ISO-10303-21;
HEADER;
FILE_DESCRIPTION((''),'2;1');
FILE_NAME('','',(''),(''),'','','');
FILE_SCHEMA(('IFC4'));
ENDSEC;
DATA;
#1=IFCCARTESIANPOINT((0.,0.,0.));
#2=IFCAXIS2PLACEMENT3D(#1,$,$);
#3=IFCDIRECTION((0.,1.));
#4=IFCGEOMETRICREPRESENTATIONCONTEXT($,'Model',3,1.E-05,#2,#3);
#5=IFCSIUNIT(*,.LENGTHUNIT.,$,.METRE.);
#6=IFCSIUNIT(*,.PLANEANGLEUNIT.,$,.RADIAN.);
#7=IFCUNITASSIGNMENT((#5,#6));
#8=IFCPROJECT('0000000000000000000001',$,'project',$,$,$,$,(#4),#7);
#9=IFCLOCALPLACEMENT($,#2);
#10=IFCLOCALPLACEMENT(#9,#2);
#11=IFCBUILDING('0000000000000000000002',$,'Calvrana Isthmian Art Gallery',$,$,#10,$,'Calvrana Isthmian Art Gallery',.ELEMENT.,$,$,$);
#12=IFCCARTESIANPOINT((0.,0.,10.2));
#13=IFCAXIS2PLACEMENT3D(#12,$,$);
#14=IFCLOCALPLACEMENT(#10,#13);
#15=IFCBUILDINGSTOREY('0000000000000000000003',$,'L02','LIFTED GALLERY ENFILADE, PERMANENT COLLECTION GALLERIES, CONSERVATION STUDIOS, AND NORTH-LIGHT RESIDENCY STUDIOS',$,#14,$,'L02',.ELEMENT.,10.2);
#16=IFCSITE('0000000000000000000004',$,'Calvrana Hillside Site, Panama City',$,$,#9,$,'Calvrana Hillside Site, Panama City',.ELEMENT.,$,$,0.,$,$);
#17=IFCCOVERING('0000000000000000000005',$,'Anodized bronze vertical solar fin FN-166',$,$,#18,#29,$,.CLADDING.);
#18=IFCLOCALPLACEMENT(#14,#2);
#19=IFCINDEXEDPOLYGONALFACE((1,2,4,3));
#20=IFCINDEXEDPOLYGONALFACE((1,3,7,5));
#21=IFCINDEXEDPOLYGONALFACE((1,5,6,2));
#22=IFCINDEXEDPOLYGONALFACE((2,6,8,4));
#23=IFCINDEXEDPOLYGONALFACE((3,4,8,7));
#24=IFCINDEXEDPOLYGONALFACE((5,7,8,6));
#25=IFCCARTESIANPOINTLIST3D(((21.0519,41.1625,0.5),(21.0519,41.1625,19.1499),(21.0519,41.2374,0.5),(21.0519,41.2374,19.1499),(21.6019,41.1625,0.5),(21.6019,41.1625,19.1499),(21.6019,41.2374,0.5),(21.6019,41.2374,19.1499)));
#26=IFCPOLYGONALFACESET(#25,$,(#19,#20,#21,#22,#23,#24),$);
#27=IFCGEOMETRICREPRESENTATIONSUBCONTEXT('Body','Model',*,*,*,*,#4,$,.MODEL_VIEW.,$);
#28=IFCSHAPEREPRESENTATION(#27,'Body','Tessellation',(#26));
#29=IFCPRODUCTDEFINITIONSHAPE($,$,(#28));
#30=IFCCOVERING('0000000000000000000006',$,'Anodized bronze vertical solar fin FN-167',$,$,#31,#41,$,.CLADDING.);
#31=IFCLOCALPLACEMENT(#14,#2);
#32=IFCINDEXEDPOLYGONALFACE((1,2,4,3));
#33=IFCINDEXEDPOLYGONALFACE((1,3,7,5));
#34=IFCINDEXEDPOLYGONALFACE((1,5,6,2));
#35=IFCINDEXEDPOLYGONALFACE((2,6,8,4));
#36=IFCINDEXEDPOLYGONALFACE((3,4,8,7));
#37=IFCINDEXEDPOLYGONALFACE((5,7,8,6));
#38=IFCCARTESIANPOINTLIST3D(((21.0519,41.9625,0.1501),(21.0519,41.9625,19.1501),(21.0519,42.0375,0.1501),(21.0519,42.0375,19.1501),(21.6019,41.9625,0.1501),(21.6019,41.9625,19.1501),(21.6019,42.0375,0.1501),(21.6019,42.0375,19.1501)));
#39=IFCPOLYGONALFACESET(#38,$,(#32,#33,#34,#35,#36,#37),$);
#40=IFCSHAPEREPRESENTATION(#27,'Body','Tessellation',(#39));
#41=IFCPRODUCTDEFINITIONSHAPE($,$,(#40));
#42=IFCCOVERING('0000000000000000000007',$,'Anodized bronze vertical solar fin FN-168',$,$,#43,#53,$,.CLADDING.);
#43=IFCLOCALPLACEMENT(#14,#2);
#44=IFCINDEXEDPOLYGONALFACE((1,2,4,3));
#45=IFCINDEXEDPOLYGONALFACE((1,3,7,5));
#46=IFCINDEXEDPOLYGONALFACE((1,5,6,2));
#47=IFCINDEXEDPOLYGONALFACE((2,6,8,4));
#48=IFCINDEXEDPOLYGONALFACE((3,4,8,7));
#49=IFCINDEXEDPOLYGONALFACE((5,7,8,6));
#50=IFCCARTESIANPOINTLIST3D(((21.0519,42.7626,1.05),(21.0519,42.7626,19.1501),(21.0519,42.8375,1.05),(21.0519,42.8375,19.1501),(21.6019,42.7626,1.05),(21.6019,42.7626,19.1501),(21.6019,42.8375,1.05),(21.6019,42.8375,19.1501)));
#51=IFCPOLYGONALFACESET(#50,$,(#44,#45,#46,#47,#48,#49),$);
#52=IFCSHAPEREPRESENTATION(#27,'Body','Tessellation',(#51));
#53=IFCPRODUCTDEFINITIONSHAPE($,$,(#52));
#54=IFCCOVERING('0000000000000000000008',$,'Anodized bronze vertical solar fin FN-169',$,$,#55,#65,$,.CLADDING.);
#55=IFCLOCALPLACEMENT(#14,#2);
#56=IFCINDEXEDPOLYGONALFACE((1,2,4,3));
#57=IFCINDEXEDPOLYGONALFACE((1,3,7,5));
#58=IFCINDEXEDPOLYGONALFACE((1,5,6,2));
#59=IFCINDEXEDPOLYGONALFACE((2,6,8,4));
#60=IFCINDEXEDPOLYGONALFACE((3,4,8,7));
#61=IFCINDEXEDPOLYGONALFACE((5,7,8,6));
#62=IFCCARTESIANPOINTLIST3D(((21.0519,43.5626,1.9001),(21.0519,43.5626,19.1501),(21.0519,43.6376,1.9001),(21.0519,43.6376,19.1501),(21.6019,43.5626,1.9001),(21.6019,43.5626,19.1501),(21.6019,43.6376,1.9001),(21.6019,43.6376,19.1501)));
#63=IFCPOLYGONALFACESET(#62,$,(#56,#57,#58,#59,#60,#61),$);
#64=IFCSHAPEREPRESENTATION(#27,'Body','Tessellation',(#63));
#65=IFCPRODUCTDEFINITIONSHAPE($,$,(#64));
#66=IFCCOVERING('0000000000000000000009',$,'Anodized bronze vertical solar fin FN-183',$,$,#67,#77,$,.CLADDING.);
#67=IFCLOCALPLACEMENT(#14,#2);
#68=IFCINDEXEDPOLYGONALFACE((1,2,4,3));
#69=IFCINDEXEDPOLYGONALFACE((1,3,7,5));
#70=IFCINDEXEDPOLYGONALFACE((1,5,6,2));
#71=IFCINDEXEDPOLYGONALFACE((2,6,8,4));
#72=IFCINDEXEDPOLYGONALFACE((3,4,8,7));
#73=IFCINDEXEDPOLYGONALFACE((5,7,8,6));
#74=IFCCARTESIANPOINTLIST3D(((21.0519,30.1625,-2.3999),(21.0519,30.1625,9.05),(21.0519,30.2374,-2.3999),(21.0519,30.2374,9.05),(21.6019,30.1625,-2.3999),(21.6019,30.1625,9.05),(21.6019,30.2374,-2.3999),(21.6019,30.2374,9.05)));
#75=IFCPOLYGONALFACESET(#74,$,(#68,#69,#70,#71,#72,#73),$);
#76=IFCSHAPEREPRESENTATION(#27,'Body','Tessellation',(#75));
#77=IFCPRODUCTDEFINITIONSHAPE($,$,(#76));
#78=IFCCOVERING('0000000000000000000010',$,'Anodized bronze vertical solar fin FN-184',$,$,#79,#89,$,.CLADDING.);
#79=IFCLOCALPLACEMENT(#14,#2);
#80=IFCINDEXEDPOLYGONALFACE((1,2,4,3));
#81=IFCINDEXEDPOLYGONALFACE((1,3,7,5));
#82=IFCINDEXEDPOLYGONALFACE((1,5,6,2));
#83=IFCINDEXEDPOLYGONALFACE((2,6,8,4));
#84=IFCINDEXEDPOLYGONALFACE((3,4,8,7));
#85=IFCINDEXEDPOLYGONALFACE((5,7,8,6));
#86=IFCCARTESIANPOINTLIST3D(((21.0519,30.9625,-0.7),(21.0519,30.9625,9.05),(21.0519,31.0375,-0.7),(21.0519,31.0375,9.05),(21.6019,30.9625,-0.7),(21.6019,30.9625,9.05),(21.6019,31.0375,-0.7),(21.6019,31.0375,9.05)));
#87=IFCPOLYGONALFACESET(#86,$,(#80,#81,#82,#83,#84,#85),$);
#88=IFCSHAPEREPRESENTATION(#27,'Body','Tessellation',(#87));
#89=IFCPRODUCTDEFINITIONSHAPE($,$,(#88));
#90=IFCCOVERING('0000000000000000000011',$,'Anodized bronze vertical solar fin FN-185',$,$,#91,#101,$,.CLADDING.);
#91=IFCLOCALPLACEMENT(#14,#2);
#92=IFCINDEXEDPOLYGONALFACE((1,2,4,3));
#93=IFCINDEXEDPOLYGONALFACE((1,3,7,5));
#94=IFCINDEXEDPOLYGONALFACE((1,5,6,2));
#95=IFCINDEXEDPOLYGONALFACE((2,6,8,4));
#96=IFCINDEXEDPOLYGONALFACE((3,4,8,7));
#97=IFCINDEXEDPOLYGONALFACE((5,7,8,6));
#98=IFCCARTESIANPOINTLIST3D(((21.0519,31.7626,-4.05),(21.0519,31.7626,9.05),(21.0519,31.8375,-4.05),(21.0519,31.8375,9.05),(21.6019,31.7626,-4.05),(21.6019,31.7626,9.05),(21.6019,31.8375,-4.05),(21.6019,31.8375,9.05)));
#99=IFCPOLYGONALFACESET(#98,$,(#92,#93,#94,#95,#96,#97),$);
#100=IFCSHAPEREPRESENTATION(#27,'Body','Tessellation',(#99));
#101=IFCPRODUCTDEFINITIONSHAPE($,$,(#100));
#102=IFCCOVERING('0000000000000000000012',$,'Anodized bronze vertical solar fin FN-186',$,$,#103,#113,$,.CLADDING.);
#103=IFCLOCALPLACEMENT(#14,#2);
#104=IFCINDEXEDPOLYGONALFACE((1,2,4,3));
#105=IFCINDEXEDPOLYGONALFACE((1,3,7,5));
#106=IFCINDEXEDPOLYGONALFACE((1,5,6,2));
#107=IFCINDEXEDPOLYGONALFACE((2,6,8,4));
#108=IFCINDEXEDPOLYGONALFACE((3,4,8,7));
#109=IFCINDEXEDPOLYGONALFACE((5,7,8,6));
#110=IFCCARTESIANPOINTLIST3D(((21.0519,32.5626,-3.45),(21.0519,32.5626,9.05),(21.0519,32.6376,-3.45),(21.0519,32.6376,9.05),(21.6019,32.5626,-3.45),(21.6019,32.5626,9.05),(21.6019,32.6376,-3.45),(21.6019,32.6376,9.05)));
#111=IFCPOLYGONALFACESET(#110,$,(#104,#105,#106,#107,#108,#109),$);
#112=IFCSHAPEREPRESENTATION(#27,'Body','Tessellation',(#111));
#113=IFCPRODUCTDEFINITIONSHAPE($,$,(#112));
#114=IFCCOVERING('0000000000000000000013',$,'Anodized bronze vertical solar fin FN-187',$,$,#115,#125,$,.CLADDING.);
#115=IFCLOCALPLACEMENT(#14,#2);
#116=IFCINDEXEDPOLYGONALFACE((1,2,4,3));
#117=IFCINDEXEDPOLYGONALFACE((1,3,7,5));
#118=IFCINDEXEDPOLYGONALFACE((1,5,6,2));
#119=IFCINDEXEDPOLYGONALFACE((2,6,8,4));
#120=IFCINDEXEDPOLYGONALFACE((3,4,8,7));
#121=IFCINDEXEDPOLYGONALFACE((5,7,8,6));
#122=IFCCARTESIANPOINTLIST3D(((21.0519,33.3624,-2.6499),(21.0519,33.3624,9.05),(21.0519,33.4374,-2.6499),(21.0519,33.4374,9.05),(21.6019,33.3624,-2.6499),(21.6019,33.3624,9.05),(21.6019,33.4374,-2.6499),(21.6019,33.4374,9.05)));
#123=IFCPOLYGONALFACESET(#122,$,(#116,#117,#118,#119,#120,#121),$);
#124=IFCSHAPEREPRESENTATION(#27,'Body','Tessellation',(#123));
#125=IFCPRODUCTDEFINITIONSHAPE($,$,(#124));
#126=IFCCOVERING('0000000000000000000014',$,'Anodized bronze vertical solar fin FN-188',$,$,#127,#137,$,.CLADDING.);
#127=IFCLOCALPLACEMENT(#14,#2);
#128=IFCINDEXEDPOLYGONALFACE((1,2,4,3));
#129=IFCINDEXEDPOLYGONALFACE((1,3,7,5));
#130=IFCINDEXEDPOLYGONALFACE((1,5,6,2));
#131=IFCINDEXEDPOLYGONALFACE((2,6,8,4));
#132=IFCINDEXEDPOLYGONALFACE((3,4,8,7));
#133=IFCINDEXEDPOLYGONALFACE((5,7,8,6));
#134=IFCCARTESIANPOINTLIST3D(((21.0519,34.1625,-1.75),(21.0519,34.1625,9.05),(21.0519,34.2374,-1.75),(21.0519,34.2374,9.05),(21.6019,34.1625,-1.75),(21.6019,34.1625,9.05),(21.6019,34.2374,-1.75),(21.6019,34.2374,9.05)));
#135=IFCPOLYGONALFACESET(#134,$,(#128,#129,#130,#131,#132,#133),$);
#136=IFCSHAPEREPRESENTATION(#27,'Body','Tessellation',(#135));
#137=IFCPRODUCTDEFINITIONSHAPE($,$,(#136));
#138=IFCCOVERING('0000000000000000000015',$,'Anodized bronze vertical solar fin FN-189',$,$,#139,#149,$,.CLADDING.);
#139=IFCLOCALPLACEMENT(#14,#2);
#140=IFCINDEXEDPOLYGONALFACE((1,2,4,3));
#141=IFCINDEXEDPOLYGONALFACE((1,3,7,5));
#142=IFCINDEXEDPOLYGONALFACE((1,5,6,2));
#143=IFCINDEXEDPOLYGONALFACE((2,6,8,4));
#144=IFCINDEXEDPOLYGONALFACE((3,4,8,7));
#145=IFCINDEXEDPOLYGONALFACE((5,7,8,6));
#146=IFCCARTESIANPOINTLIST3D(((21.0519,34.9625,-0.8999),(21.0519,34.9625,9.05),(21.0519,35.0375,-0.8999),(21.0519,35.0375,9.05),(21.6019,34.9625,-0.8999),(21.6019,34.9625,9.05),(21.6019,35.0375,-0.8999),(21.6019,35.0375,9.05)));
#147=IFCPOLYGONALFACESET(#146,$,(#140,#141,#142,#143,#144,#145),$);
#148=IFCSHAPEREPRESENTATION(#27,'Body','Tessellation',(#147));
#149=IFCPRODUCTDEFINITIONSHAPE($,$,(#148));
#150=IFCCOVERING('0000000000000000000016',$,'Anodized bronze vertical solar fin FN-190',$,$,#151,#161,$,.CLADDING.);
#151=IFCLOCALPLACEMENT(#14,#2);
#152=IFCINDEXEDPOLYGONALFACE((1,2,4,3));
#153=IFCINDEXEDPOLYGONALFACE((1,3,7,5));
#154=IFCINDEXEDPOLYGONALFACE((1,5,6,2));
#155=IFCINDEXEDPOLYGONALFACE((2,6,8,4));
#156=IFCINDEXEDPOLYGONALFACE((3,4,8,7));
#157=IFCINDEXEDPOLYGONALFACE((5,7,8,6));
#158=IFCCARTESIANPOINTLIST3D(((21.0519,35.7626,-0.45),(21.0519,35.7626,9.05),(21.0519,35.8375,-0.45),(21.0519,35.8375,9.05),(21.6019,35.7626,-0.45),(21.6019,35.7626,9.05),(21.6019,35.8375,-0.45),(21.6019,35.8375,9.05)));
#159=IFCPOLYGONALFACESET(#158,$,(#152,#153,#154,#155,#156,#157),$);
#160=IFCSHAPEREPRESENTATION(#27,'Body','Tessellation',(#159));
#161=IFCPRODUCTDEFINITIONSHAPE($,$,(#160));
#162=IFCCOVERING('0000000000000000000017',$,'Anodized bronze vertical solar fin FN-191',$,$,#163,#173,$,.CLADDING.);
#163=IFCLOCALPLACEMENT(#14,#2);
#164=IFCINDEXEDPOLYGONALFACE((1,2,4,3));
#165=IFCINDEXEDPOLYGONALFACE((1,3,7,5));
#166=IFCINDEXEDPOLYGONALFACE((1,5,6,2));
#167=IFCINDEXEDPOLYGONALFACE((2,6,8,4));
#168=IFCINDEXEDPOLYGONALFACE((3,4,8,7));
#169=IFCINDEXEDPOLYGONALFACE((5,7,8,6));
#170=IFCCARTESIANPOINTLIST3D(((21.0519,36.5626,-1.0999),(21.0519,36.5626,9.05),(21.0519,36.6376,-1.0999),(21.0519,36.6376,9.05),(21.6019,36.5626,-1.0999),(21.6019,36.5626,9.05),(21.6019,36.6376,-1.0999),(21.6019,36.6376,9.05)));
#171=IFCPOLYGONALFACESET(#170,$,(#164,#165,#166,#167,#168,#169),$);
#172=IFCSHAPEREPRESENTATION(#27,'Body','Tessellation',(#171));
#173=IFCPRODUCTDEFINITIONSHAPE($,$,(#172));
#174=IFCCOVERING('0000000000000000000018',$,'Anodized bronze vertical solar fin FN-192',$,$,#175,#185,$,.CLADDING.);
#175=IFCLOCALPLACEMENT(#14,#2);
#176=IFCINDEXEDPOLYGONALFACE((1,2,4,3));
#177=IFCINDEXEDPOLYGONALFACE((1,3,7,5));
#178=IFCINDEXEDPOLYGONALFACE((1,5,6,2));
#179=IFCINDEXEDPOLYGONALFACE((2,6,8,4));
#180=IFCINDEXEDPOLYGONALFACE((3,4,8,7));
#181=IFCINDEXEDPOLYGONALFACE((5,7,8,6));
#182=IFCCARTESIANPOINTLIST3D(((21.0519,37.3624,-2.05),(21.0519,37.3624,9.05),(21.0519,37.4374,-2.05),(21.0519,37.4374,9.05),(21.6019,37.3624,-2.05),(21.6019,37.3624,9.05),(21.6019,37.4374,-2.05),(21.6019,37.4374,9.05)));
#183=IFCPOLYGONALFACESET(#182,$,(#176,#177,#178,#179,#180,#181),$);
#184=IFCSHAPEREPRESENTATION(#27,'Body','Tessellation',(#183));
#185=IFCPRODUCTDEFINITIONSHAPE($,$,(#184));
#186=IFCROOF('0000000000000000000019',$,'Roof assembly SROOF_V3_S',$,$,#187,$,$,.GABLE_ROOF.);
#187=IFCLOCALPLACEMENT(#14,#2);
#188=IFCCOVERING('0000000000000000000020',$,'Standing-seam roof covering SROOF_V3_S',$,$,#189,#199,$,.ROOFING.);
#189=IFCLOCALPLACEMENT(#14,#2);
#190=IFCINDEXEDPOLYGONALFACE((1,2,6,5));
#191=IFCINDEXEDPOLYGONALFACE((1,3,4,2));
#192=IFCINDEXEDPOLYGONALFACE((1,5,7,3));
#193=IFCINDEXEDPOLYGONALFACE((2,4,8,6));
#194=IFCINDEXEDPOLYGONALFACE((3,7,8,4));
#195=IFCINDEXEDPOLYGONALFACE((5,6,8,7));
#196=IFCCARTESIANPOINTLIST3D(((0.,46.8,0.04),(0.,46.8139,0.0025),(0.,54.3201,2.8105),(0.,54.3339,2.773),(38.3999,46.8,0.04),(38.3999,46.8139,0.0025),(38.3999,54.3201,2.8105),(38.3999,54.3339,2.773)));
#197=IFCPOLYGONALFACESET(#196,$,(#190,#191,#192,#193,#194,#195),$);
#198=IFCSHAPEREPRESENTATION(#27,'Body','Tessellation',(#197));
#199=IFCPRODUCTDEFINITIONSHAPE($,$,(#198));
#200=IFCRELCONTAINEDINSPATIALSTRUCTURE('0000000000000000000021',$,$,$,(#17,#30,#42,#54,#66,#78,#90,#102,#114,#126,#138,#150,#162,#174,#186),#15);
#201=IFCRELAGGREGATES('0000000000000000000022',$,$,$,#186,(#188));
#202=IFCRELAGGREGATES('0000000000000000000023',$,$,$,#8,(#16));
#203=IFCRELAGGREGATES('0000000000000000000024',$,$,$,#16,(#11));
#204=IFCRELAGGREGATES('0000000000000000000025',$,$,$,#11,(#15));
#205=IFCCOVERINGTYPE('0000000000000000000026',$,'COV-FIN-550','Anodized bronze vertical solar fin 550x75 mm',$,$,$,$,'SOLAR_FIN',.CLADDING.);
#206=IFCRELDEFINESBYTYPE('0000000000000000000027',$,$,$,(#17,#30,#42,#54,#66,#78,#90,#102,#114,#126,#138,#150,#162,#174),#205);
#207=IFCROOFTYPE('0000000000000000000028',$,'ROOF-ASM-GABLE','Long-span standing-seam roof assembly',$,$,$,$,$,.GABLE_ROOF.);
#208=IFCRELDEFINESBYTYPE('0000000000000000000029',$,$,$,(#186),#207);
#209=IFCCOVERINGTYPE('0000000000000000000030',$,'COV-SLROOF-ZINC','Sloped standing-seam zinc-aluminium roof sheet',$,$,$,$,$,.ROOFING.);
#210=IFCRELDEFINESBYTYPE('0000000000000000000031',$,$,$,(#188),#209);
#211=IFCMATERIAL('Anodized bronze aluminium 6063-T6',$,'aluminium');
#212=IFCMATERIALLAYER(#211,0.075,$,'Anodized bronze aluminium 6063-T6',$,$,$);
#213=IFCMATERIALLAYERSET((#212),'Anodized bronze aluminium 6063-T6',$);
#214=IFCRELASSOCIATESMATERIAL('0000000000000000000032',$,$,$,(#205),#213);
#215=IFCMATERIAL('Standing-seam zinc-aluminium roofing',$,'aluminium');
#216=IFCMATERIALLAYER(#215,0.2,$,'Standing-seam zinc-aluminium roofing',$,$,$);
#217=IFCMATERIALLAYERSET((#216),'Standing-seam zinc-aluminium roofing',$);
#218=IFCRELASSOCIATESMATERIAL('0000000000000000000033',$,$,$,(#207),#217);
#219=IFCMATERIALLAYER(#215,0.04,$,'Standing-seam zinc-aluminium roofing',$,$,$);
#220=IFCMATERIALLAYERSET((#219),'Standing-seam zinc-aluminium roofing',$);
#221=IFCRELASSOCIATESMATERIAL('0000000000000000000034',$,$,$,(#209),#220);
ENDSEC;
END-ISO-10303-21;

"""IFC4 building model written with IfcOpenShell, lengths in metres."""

from ifc_helpers import new_model, si_unit, direction, frame, origin, origin_2d, place, context, subcontext, project, spatial, polyline, rectangle, outline, extrude, material, layer, layer_set, type_object, element, aggregate, save


model = new_model("IFC4")

# Units and contexts
model_context = context("Model", 3, precision=1e-05, world=origin(), true_north=direction((0.0, 1.0)))
body_context = subcontext(model_context, "Body", "Model", "MODEL_VIEW")
ifc_project = project(units=[si_unit("LENGTHUNIT", "METRE"), si_unit("PLANEANGLEUNIT", "RADIAN")], contexts=[model_context])

# Site, building, storey
site_placement = place(None, origin())
site = spatial("IfcSite", under=ifc_project, at=site_placement, Name="Calvrana Hillside Site, Panama City", LongName="Calvrana Hillside Site, Panama City", CompositionType="ELEMENT", RefElevation=0.0)
building_placement = place(site_placement, origin())
building = spatial("IfcBuilding", under=site, at=building_placement, Name="Calvrana Isthmian Art Gallery", LongName="Calvrana Isthmian Art Gallery", CompositionType="ELEMENT")
storey_placement = place(building_placement, frame((0.0, 0.0, 10.2)))
storey = spatial("IfcBuildingStorey", under=building, at=storey_placement, Name="L02", Description="LIFTED GALLERY ENFILADE, PERMANENT COLLECTION GALLERIES, CONSERVATION STUDIOS, AND NORTH-LIGHT RESIDENCY STUDIOS", LongName="L02", CompositionType="ELEMENT", Elevation=10.2)

# Coverings
ifc_material_1 = material(Name="Anodized bronze aluminium 6063-T6", Category="aluminium")
ifc_layer_1 = layer(ifc_material_1, 0.075, Name="Anodized bronze aluminium 6063-T6")
ifc_layer_set_1 = layer_set([ifc_layer_1], Name="Anodized bronze aluminium 6063-T6")
covering_type_1 = type_object("IfcCoveringType", Name="COV-FIN-550", Description="Anodized bronze vertical solar fin 550x75 mm", ElementType="SOLAR_FIN", PredefinedType="CLADDING", material=ifc_layer_set_1)
covering_1_placement = place(storey_placement, frame((21.3269, 41.2, 0.5), z_axis=(0.0, 0.0, 1.0), x_axis=(1.0, 0.0, 0.0)))
element("IfcCovering", 1, at=covering_1_placement, inside=storey, type_object=covering_type_1, Name="Anodized bronze vertical solar fin FN-166", PredefinedType="CLADDING", context=body_context, shape_type="SweptSolid", body=[
    extrude(rectangle(XDim=0.55, YDim=0.075, at=origin_2d()), origin(), (0.0, 0.0, 1.0), 18.6499),
])
covering_2_placement = place(storey_placement, frame((21.3269, 42.0, 0.1501), z_axis=(0.0, 0.0, 1.0), x_axis=(1.0, 0.0, 0.0)))
element("IfcCovering", 2, at=covering_2_placement, inside=storey, type_object=covering_type_1, Name="Anodized bronze vertical solar fin FN-167", PredefinedType="CLADDING", context=body_context, shape_type="SweptSolid", body=[
    extrude(rectangle(XDim=0.55, YDim=0.075, at=origin_2d()), origin(), (0.0, 0.0, 1.0), 19.0),
])
covering_3_placement = place(storey_placement, frame((21.3269, 42.8, 1.05), z_axis=(0.0, 0.0, 1.0), x_axis=(1.0, 0.0, 0.0)))
element("IfcCovering", 3, at=covering_3_placement, inside=storey, type_object=covering_type_1, Name="Anodized bronze vertical solar fin FN-168", PredefinedType="CLADDING", context=body_context, shape_type="SweptSolid", body=[
    extrude(rectangle(XDim=0.55, YDim=0.075, at=origin_2d()), origin(), (0.0, 0.0, 1.0), 18.1001),
])
covering_4_placement = place(storey_placement, frame((21.3269, 43.6001, 1.9001), z_axis=(0.0, 0.0, 1.0), x_axis=(1.0, 0.0, 0.0)))
element("IfcCovering", 4, at=covering_4_placement, inside=storey, type_object=covering_type_1, Name="Anodized bronze vertical solar fin FN-169", PredefinedType="CLADDING", context=body_context, shape_type="SweptSolid", body=[
    extrude(rectangle(XDim=0.55, YDim=0.075, at=origin_2d()), origin(), (0.0, 0.0, 1.0), 17.25),
])
covering_5_placement = place(storey_placement, frame((21.3269, 30.2, -2.3999), z_axis=(0.0, 0.0, 1.0), x_axis=(1.0, 0.0, 0.0)))
element("IfcCovering", 5, at=covering_5_placement, inside=storey, type_object=covering_type_1, Name="Anodized bronze vertical solar fin FN-183", PredefinedType="CLADDING", context=body_context, shape_type="SweptSolid", body=[
    extrude(rectangle(XDim=0.55, YDim=0.075, at=origin_2d()), origin(), (0.0, 0.0, 1.0), 11.45),
])
covering_6_placement = place(storey_placement, frame((21.3269, 31.0, -0.7), z_axis=(0.0, 0.0, 1.0), x_axis=(1.0, 0.0, 0.0)))
element("IfcCovering", 6, at=covering_6_placement, inside=storey, type_object=covering_type_1, Name="Anodized bronze vertical solar fin FN-184", PredefinedType="CLADDING", context=body_context, shape_type="SweptSolid", body=[
    extrude(rectangle(XDim=0.55, YDim=0.075, at=origin_2d()), origin(), (0.0, 0.0, 1.0), 9.75),
])
covering_7_placement = place(storey_placement, frame((21.3269, 31.8, -4.05), z_axis=(0.0, 0.0, 1.0), x_axis=(1.0, 0.0, 0.0)))
element("IfcCovering", 7, at=covering_7_placement, inside=storey, type_object=covering_type_1, Name="Anodized bronze vertical solar fin FN-185", PredefinedType="CLADDING", context=body_context, shape_type="SweptSolid", body=[
    extrude(rectangle(XDim=0.55, YDim=0.075, at=origin_2d()), origin(), (0.0, 0.0, 1.0), 13.1001),
])
covering_8_placement = place(storey_placement, frame((21.3269, 32.6001, -3.45), z_axis=(0.0, 0.0, 1.0), x_axis=(1.0, 0.0, 0.0)))
element("IfcCovering", 8, at=covering_8_placement, inside=storey, type_object=covering_type_1, Name="Anodized bronze vertical solar fin FN-186", PredefinedType="CLADDING", context=body_context, shape_type="SweptSolid", body=[
    extrude(rectangle(XDim=0.55, YDim=0.075, at=origin_2d()), origin(), (0.0, 0.0, 1.0), 12.5),
])
covering_9_placement = place(storey_placement, frame((21.3269, 33.3999, -2.6499), z_axis=(0.0, 0.0, 1.0), x_axis=(1.0, 0.0, 0.0)))
element("IfcCovering", 9, at=covering_9_placement, inside=storey, type_object=covering_type_1, Name="Anodized bronze vertical solar fin FN-187", PredefinedType="CLADDING", context=body_context, shape_type="SweptSolid", body=[
    extrude(rectangle(XDim=0.55, YDim=0.075, at=origin_2d()), origin(), (0.0, 0.0, 1.0), 11.7),
])
covering_10_placement = place(storey_placement, frame((21.3269, 34.2, -1.75), z_axis=(0.0, 0.0, 1.0), x_axis=(1.0, 0.0, 0.0)))
element("IfcCovering", 10, at=covering_10_placement, inside=storey, type_object=covering_type_1, Name="Anodized bronze vertical solar fin FN-188", PredefinedType="CLADDING", context=body_context, shape_type="SweptSolid", body=[
    extrude(rectangle(XDim=0.55, YDim=0.075, at=origin_2d()), origin(), (0.0, 0.0, 1.0), 10.8),
])
covering_11_placement = place(storey_placement, frame((21.3269, 35.0, -0.8999), z_axis=(0.0, 0.0, 1.0), x_axis=(1.0, 0.0, 0.0)))
element("IfcCovering", 11, at=covering_11_placement, inside=storey, type_object=covering_type_1, Name="Anodized bronze vertical solar fin FN-189", PredefinedType="CLADDING", context=body_context, shape_type="SweptSolid", body=[
    extrude(rectangle(XDim=0.55, YDim=0.075, at=origin_2d()), origin(), (0.0, 0.0, 1.0), 9.95),
])
covering_12_placement = place(storey_placement, frame((21.3269, 35.8, -0.45), z_axis=(0.0, 0.0, 1.0), x_axis=(1.0, 0.0, 0.0)))
element("IfcCovering", 12, at=covering_12_placement, inside=storey, type_object=covering_type_1, Name="Anodized bronze vertical solar fin FN-190", PredefinedType="CLADDING", context=body_context, shape_type="SweptSolid", body=[
    extrude(rectangle(XDim=0.55, YDim=0.075, at=origin_2d()), origin(), (0.0, 0.0, 1.0), 9.5),
])
covering_13_placement = place(storey_placement, frame((21.3269, 36.6001, -1.0999), z_axis=(0.0, 0.0, 1.0), x_axis=(1.0, 0.0, 0.0)))
element("IfcCovering", 13, at=covering_13_placement, inside=storey, type_object=covering_type_1, Name="Anodized bronze vertical solar fin FN-191", PredefinedType="CLADDING", context=body_context, shape_type="SweptSolid", body=[
    extrude(rectangle(XDim=0.55, YDim=0.075, at=origin_2d()), origin(), (0.0, 0.0, 1.0), 10.1499),
])
covering_14_placement = place(storey_placement, frame((21.3269, 37.3999, -2.05), z_axis=(0.0, 0.0, 1.0), x_axis=(1.0, 0.0, 0.0)))
element("IfcCovering", 14, at=covering_14_placement, inside=storey, type_object=covering_type_1, Name="Anodized bronze vertical solar fin FN-192", PredefinedType="CLADDING", context=body_context, shape_type="SweptSolid", body=[
    extrude(rectangle(XDim=0.55, YDim=0.075, at=origin_2d()), origin(), (0.0, 0.0, 1.0), 11.1001),
])

# Roof, covering
ifc_material_2 = material(Name="Standing-seam zinc-aluminium roofing", Category="aluminium")
ifc_layer_2 = layer(ifc_material_2, 0.2, Name="Standing-seam zinc-aluminium roofing")
ifc_layer_set_2 = layer_set([ifc_layer_2], Name="Standing-seam zinc-aluminium roofing")
roof_type = type_object("IfcRoofType", Name="ROOF-ASM-GABLE", Description="Long-span standing-seam roof assembly", PredefinedType="GABLE_ROOF", material=ifc_layer_set_2)
roof_placement = place(storey_placement, origin())
roof = element("IfcRoof", 15, at=roof_placement, inside=storey, type_object=roof_type, Name="Roof assembly SROOF_V3_S", PredefinedType="GABLE_ROOF")
ifc_layer_3 = layer(ifc_material_2, 0.04, Name="Standing-seam zinc-aluminium roofing")
ifc_layer_set_3 = layer_set([ifc_layer_3], Name="Standing-seam zinc-aluminium roofing")
covering_type_2 = type_object("IfcCoveringType", Name="COV-SLROOF-ZINC", Description="Sloped standing-seam zinc-aluminium roof sheet", PredefinedType="ROOFING", material=ifc_layer_set_3)
covering_15_placement = place(storey_placement, frame((0.0, 46.8, 0.04), z_axis=(0.0, -0.345703, 0.938344), x_axis=(1.0, 0.0, 0.0)))
covering_15 = element("IfcCovering", 16, at=covering_15_placement, type_object=covering_type_2, Name="Standing-seam roof covering SROOF_V3_S", PredefinedType="ROOFING", context=body_context, shape_type="SweptSolid", body=[
    extrude(outline(polyline([(0.0, 0.0), (38.3999, 0.0), (38.3999, 8.0141), (0.0, 8.0141), (0.0, 0.0)])), origin(), (0.0, 0.0, -1.0), 0.04),
])
aggregate(roof, [covering_15])

save(model, "model.ifc")
